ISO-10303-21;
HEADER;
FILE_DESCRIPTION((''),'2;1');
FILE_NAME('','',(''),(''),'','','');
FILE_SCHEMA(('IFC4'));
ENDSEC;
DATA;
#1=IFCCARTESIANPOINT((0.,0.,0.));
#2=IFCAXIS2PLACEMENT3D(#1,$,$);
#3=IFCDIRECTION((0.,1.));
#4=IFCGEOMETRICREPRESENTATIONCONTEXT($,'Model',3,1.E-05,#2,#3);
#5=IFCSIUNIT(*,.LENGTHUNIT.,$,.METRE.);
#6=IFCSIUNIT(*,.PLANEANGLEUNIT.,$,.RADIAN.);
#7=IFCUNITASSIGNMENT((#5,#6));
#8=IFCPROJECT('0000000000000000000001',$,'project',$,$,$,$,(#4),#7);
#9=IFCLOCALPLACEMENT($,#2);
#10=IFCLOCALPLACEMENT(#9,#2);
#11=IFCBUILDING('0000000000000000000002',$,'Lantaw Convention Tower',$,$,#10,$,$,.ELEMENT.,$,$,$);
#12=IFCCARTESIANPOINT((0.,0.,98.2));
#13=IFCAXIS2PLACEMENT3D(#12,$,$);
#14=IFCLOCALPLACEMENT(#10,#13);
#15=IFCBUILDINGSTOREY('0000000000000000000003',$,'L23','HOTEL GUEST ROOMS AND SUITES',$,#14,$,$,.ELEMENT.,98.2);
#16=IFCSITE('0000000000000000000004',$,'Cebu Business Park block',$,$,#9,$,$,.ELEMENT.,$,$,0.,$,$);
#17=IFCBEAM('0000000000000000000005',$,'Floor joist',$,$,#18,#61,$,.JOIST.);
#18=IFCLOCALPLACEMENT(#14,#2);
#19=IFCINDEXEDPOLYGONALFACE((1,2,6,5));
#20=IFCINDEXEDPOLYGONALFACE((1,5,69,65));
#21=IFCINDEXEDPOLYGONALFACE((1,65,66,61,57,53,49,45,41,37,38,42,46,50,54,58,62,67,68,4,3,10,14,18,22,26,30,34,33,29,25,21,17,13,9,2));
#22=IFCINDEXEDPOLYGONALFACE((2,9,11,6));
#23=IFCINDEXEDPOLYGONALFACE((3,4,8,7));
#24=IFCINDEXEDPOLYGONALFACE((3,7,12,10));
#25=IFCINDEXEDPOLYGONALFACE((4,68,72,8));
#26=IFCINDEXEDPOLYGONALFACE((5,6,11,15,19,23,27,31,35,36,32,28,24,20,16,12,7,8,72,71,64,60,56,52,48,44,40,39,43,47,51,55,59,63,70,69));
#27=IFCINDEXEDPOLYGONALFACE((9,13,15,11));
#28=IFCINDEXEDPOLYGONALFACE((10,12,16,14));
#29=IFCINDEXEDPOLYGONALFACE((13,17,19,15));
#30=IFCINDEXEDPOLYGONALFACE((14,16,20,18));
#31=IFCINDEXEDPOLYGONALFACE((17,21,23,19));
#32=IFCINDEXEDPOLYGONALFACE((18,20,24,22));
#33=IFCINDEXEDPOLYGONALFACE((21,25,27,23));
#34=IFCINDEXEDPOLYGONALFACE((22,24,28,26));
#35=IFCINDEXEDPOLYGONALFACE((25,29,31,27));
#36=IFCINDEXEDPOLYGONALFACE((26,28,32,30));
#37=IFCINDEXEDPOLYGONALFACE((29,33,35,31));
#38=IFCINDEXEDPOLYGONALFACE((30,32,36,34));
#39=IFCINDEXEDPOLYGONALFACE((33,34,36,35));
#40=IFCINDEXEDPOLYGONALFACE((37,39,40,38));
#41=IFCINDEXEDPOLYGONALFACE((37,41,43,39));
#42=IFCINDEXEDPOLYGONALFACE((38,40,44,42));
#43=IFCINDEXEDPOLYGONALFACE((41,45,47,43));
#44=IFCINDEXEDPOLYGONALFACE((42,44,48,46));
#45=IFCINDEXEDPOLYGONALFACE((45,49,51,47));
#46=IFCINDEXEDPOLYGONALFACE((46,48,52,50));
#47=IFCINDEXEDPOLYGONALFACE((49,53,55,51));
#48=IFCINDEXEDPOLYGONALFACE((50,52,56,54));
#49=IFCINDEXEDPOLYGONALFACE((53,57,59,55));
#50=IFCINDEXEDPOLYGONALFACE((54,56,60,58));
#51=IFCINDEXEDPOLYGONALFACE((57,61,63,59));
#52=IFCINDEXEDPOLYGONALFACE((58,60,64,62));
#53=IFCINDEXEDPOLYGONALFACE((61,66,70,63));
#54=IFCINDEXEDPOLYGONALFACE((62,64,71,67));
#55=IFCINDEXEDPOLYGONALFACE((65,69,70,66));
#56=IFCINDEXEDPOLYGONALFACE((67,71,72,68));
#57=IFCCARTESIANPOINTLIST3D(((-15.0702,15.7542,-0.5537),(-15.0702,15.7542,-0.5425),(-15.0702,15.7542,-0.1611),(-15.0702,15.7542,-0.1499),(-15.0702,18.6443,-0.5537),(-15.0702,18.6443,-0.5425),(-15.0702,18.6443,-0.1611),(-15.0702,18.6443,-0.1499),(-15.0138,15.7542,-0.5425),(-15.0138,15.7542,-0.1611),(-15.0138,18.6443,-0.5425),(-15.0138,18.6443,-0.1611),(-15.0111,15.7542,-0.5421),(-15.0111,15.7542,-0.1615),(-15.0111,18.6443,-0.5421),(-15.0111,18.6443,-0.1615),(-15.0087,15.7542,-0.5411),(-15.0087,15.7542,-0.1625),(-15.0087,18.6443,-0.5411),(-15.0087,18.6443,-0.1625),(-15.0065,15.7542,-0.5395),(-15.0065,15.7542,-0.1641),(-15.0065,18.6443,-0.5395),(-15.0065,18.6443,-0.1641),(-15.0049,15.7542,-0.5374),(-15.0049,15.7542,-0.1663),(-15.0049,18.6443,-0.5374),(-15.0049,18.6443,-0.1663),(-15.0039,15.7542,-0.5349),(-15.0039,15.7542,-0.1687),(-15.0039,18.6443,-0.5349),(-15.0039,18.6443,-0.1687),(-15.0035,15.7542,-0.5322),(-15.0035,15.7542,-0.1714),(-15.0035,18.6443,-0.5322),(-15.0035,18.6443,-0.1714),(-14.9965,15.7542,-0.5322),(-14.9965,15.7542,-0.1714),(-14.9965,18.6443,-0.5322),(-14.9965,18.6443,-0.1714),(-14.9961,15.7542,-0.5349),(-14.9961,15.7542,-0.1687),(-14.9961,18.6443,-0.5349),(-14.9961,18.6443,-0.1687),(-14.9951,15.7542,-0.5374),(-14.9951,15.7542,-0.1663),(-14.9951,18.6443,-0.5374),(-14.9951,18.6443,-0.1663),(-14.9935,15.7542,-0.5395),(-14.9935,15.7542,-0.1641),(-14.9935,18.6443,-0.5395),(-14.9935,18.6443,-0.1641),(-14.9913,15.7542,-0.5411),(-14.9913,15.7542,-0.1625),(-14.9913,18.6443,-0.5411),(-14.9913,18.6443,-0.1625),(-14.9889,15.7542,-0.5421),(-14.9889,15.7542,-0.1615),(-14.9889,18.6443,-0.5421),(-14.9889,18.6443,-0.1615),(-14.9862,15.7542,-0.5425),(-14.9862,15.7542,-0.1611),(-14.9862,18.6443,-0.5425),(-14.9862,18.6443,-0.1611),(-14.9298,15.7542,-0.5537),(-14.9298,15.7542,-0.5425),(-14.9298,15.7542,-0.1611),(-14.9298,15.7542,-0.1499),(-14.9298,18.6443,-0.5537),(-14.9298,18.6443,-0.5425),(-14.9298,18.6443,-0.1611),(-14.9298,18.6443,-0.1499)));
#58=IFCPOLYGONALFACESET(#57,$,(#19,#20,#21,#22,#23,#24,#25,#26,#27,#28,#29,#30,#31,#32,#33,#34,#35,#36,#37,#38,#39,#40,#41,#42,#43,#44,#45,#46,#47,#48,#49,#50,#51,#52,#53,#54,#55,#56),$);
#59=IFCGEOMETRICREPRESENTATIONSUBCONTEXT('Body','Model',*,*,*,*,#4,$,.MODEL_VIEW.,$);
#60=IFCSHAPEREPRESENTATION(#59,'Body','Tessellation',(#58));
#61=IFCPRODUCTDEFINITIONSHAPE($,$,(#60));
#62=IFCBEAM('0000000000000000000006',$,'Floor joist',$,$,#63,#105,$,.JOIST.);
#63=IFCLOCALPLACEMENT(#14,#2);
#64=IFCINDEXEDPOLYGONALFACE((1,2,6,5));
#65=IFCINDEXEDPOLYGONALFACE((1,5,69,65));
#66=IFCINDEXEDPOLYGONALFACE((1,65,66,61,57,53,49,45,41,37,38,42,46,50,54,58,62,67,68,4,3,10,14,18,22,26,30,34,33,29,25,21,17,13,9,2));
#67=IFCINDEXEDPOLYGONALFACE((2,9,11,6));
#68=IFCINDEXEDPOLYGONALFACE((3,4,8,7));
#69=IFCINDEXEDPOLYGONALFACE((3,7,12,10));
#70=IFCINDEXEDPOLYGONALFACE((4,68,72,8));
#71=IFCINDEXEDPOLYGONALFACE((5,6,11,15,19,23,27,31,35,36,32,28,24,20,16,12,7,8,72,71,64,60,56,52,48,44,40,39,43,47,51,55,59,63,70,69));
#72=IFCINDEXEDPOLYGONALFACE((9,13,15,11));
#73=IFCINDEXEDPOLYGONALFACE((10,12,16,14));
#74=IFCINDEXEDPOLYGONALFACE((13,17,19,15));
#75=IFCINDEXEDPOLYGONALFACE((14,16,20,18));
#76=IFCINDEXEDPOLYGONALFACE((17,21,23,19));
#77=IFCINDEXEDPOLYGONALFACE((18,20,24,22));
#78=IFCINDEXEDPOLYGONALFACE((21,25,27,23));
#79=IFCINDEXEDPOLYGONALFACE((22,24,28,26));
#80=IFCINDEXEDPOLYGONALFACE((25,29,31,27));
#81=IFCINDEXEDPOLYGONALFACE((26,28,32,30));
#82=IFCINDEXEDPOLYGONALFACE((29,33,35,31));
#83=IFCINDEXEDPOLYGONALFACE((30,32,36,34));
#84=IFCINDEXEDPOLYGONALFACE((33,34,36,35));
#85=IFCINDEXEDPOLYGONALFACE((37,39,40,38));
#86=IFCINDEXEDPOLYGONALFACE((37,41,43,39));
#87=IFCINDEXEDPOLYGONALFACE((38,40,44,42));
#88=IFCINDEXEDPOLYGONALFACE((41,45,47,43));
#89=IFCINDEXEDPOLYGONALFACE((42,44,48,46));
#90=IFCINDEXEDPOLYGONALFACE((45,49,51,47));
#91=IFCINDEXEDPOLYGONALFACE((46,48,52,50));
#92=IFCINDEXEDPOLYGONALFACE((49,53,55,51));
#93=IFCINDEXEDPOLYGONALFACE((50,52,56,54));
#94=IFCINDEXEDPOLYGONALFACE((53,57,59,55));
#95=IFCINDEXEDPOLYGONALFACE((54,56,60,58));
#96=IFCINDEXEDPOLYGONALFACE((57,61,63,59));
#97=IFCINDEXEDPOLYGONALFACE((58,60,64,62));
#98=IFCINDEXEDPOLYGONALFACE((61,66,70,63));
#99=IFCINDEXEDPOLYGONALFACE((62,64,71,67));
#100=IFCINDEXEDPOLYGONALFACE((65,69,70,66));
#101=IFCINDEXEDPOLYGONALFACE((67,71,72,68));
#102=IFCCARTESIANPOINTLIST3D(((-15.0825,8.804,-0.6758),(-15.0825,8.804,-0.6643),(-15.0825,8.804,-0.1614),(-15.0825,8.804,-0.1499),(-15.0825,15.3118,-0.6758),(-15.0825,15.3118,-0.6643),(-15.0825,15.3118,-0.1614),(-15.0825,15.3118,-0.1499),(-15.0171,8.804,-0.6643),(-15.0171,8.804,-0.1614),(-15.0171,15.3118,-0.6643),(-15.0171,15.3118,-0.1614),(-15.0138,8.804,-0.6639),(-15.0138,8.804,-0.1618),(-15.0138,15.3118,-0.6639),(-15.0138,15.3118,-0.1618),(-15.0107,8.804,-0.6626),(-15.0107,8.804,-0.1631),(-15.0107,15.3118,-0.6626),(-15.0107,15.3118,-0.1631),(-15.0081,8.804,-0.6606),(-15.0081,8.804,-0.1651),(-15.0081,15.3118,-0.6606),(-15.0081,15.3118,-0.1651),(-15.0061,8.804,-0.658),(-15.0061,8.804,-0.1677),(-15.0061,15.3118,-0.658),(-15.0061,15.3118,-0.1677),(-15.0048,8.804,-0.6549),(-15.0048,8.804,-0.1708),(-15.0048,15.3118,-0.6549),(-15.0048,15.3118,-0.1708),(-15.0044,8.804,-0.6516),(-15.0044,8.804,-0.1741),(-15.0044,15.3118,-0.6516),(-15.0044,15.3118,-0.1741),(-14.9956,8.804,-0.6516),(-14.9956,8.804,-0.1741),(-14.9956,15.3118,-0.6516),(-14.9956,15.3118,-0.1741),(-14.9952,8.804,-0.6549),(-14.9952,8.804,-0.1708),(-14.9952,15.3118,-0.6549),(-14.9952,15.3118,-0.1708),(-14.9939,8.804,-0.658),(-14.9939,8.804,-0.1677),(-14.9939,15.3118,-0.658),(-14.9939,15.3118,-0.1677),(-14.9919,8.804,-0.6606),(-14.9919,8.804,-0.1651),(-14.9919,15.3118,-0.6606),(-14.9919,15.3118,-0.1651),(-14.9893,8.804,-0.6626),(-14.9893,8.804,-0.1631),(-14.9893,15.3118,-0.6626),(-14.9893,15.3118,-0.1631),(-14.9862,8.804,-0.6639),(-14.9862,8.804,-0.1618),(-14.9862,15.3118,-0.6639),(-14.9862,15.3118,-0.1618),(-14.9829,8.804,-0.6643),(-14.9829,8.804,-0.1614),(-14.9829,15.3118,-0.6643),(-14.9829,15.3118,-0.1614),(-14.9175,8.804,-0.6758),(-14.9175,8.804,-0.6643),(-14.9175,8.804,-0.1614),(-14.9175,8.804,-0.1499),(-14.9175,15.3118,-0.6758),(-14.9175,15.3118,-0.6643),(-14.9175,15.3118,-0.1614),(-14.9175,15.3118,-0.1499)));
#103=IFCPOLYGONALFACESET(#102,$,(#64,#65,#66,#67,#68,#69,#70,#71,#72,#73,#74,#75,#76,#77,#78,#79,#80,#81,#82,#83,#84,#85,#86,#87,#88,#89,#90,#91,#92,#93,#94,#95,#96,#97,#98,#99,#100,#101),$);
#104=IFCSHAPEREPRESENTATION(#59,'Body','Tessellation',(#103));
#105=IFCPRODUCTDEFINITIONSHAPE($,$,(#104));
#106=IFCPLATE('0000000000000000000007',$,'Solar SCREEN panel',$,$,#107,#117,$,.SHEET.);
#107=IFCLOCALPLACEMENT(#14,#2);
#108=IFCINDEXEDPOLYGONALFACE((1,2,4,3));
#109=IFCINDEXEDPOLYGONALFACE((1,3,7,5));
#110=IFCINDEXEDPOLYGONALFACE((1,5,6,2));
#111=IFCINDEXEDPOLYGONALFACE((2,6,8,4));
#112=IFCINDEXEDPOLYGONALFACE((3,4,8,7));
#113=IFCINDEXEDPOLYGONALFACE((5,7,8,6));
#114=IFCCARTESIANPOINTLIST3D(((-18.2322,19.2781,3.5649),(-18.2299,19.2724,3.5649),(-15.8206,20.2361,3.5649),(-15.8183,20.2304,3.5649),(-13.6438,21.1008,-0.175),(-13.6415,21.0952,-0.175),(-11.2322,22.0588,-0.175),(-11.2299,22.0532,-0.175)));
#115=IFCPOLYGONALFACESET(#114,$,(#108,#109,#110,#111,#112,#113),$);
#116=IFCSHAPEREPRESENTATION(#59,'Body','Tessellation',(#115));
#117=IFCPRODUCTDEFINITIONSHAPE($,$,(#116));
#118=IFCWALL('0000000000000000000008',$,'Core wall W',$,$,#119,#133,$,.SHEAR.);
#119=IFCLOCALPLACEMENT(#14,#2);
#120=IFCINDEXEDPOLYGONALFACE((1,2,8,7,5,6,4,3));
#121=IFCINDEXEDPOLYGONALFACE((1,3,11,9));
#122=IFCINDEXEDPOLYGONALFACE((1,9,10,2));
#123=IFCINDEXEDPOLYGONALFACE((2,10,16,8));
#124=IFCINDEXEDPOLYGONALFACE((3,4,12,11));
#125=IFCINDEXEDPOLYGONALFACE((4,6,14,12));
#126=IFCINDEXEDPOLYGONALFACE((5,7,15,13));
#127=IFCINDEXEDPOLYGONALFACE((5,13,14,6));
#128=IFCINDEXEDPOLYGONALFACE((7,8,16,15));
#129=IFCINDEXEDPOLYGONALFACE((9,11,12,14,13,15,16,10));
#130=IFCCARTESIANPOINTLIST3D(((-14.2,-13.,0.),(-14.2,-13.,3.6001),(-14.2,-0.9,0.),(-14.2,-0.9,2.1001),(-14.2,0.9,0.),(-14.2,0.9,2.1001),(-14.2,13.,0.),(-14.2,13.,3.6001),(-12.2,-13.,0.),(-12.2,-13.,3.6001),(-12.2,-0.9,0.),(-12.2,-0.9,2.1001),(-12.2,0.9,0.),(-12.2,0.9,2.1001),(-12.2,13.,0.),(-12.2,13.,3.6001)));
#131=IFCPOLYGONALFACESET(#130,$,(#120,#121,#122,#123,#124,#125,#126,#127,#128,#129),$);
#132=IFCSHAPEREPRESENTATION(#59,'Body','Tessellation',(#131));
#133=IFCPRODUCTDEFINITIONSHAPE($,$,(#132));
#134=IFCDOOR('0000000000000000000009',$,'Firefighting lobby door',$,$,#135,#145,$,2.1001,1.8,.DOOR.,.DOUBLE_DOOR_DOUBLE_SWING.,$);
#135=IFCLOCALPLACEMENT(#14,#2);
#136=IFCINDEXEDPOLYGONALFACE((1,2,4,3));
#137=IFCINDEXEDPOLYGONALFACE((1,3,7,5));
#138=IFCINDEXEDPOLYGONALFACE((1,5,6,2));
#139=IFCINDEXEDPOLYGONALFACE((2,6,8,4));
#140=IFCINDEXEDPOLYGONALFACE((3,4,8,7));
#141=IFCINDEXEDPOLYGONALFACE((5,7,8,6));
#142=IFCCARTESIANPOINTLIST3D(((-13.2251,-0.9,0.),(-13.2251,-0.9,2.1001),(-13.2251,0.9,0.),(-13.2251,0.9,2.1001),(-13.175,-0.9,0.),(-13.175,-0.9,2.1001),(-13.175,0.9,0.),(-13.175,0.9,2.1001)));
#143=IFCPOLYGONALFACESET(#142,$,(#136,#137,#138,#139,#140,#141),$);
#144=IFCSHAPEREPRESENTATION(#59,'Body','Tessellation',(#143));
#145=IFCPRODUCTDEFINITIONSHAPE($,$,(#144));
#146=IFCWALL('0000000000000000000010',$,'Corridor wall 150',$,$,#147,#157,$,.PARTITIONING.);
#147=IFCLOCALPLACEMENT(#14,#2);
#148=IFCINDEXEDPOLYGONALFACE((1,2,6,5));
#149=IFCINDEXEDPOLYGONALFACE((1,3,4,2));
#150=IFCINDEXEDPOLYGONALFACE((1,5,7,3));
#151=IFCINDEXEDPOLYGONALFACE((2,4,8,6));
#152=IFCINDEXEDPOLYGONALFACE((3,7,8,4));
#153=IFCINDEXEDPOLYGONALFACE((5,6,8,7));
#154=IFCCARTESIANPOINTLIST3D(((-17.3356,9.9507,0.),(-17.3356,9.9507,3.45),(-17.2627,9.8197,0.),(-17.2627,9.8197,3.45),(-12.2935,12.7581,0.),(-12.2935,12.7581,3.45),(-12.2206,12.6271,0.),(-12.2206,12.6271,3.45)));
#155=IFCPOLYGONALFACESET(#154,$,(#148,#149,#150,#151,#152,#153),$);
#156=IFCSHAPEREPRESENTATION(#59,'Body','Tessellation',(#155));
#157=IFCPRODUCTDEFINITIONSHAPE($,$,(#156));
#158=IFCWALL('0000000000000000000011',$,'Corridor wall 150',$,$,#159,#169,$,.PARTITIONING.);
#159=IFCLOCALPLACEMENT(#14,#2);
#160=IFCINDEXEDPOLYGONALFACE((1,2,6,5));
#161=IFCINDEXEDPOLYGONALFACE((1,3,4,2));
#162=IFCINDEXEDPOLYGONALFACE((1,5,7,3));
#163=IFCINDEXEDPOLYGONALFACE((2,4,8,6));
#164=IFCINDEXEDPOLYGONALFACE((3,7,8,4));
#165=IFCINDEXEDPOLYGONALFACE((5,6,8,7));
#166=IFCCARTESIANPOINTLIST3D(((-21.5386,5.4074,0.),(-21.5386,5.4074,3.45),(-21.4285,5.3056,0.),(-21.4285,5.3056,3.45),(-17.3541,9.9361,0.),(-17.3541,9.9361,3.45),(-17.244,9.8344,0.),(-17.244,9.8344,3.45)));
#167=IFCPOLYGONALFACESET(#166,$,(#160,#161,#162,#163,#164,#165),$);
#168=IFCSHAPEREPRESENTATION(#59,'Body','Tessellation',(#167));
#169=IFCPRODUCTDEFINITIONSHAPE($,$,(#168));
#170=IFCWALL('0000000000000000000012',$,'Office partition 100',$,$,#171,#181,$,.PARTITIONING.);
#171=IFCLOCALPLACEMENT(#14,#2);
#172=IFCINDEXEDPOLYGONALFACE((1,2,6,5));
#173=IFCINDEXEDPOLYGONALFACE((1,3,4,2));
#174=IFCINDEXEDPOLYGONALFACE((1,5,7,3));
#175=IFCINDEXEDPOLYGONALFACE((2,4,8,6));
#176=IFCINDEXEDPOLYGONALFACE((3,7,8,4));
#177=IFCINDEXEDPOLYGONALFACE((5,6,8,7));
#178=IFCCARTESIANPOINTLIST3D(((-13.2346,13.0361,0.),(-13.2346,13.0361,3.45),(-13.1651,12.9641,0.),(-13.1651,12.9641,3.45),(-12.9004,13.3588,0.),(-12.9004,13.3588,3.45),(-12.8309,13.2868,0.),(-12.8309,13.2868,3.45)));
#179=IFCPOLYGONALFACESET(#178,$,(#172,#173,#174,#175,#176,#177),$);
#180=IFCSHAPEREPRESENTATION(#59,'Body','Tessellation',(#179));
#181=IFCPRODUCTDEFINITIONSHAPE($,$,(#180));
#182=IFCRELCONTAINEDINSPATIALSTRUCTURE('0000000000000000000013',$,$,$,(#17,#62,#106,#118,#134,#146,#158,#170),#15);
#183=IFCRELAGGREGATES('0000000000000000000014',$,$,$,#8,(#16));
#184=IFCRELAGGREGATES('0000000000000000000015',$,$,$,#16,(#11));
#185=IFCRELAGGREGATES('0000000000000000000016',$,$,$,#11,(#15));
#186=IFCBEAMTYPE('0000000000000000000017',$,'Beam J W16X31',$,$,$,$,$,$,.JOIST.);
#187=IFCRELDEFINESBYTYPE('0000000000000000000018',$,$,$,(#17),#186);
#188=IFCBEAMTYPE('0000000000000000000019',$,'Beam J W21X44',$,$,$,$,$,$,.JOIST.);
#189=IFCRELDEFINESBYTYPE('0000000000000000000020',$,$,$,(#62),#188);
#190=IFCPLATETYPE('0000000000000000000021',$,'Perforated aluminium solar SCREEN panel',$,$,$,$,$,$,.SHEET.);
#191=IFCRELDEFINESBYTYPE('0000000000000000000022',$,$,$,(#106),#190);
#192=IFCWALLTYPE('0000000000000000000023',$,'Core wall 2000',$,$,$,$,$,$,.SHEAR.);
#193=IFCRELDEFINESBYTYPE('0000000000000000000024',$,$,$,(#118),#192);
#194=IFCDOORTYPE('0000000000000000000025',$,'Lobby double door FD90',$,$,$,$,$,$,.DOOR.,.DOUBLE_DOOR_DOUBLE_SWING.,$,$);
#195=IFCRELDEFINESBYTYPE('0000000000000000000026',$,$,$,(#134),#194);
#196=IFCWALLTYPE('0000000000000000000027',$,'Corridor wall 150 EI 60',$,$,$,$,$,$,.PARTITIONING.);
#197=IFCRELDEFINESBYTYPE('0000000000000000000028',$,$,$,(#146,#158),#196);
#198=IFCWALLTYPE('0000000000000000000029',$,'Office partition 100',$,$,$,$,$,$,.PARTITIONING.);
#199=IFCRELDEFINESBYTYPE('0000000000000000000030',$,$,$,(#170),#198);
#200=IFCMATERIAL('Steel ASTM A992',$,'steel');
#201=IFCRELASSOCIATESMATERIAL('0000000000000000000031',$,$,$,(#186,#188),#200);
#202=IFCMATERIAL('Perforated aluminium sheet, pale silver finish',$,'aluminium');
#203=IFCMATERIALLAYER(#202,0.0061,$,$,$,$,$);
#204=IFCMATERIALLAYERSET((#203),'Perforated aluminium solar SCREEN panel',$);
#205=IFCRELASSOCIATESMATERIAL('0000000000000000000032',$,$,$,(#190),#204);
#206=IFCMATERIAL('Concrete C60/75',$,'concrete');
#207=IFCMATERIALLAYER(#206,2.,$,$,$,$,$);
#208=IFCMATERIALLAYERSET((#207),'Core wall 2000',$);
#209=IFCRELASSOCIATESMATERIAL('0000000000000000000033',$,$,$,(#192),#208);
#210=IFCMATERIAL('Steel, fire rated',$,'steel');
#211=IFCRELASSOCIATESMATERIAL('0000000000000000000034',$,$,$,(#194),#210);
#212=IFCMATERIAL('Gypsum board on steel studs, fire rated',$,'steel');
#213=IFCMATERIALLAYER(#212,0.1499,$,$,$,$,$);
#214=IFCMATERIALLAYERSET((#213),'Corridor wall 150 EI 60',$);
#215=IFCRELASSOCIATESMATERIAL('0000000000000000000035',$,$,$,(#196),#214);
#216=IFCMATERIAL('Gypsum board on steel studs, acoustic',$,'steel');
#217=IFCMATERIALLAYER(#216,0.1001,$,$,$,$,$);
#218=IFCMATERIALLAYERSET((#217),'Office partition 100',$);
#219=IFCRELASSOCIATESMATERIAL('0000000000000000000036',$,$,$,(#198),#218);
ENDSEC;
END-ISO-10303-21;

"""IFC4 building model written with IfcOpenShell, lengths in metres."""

from ifc_helpers import new_model, si_unit, direction, frame, frame_2d, origin, origin_2d, place, context, subcontext, project, spatial, polyline, rectangle, i_section, outline, extrude, material, layer, layer_set, material_profile, profile_set, type_object, element, fill, save


model = new_model("IFC4")

# Units and contexts
model_context = context("Model", 3, precision=1e-05, world=origin(), true_north=direction((0.0, 1.0)))
body_context = subcontext(model_context, "Body", "Model", "MODEL_VIEW")
ifc_project = project(units=[si_unit("LENGTHUNIT", "METRE"), si_unit("PLANEANGLEUNIT", "RADIAN")], contexts=[model_context])

# Site, building, storey
site_placement = place(None, origin())
site = spatial("IfcSite", under=ifc_project, at=site_placement, Name="Cebu Business Park block", CompositionType="ELEMENT", RefElevation=0.0)
building_placement = place(site_placement, origin())
building = spatial("IfcBuilding", under=site, at=building_placement, Name="Lantaw Convention Tower", CompositionType="ELEMENT")
storey_placement = place(building_placement, frame((0.0, 0.0, 98.2)))
storey = spatial("IfcBuildingStorey", under=building, at=storey_placement, Name="L23", Description="HOTEL GUEST ROOMS AND SUITES", CompositionType="ELEMENT", Elevation=98.2)

# Shared definitions
ifc_material_1 = material(Name="Concrete C60/75", Category="concrete")

# Beams
ifc_material_2 = material(Name="Steel ASTM A992", Category="steel")
ifc_material_profile_1 = material_profile(ifc_material_2, i_section(OverallWidth=0.1404, OverallDepth=0.4038, WebThickness=0.0071, FlangeThickness=0.0112, FilletRadius=0.0103, at=origin_2d()), Name="W16X31")
ifc_profile_set_1 = profile_set([ifc_material_profile_1], Name="Steel ASTM A992")
beam_type_1 = type_object("IfcBeamType", Name="Beam J W16X31", PredefinedType="JOIST", material=ifc_profile_set_1)
beam_1_placement = place(storey_placement, frame((-15.0, 15.7542, -0.3518), z_axis=(0.0, 1.0, 0.0), x_axis=(-1.0, 0.0, 0.0)))
element("IfcBeam", 1, at=beam_1_placement, inside=storey, type_object=beam_type_1, Name="Floor joist", PredefinedType="JOIST", context=body_context, shape_type="SweptSolid", body=[
    extrude(i_section(OverallWidth=0.1404, OverallDepth=0.4038, WebThickness=0.0071, FlangeThickness=0.0112, FilletRadius=0.0103, at=origin_2d()), origin(), (0.0, 0.0, 1.0), 2.8901),
])
ifc_material_profile_2 = material_profile(ifc_material_2, i_section(OverallWidth=0.165, OverallDepth=0.5259, WebThickness=0.0088, FlangeThickness=0.0115, FilletRadius=0.0127, at=origin_2d()), Name="W21X44")
ifc_profile_set_2 = profile_set([ifc_material_profile_2], Name="Steel ASTM A992")
beam_type_2 = type_object("IfcBeamType", Name="Beam J W21X44", PredefinedType="JOIST", material=ifc_profile_set_2)
beam_2_placement = place(storey_placement, frame((-15.0, 8.804, -0.4128), z_axis=(0.0, 1.0, 0.0), x_axis=(-1.0, 0.0, 0.0)))
element("IfcBeam", 2, at=beam_2_placement, inside=storey, type_object=beam_type_2, Name="Floor joist", PredefinedType="JOIST", context=body_context, shape_type="SweptSolid", body=[
    extrude(i_section(OverallWidth=0.165, OverallDepth=0.5259, WebThickness=0.0088, FlangeThickness=0.0115, FilletRadius=0.0127, at=origin_2d()), origin(), (0.0, 0.0, 1.0), 6.5078),
])

# Plate
ifc_material_3 = material(Name="Perforated aluminium sheet, pale silver finish", Category="aluminium")
ifc_layer_1 = layer(ifc_material_3, 0.0061)
ifc_layer_set_1 = layer_set([ifc_layer_1], Name="Perforated aluminium solar SCREEN panel")
plate_type = type_object("IfcPlateType", Name="Perforated aluminium solar SCREEN panel", PredefinedType="SHEET", material=ifc_layer_set_1)
plate_placement = place(storey_placement, frame((-11.2322, 22.0588, -0.175), z_axis=(-0.369184, 0.929357, 0.000009), x_axis=(-0.929357, -0.369184, 0.0)))
element("IfcPlate", 3, at=plate_placement, inside=storey, type_object=plate_type, Name="Solar SCREEN panel", PredefinedType="SHEET", context=body_context, shape_type="SweptSolid", body=[
    extrude(outline(polyline([(0.0, 0.0), (2.5949, 0.0), (7.5321, 3.74), (4.9372, 3.74), (0.0, 0.0)])), origin(), (0.0, 0.0, -1.0), 0.0061),
])

# Wall, opening, door
ifc_layer_2 = layer(ifc_material_1, 2.0)
ifc_layer_set_2 = layer_set([ifc_layer_2], Name="Core wall 2000")
wall_type_1 = type_object("IfcWallType", Name="Core wall 2000", PredefinedType="SHEAR", material=ifc_layer_set_2)
wall_1_placement = place(storey_placement, frame((-13.2, 13.0, 0.0), z_axis=(0.0, 0.0, 1.0), x_axis=(0.0, -1.0, 0.0)))
wall_1 = element("IfcWall", 4, at=wall_1_placement, inside=storey, type_object=wall_type_1, Name="Core wall W", PredefinedType="SHEAR", context=body_context, shape_type="SweptSolid", body=[
    extrude(rectangle(XDim=26.0, YDim=2.0, at=frame_2d((13.0, 0.0))), origin(), (0.0, 0.0, 1.0), 3.6001),
])
opening_1_placement = place(wall_1_placement, frame((12.1001, 0.0, 0.0)))
opening_1 = element("IfcOpeningElement", 5, at=opening_1_placement, cuts=wall_1, PredefinedType="OPENING", context=body_context, shape_type="SweptSolid", body=[
    extrude(rectangle(XDim=1.8, YDim=2.1001, at=frame_2d((0.8999, 1.05))), frame((0.0, 1.01, 0.0), z_axis=(0.0, -1.0, 0.0), x_axis=(1.0, 0.0, 0.0)), (0.0, 0.0, 1.0), 2.02),
])
ifc_material_4 = material(Name="Steel, fire rated", Category="steel")
door_type_1 = type_object("IfcDoorType", Name="Lobby double door FD90", OperationType="DOUBLE_DOOR_DOUBLE_SWING", PredefinedType="DOOR", material=ifc_material_4)
door_1_placement = place(opening_1_placement, origin())
door_1 = element("IfcDoor", 6, at=door_1_placement, inside=storey, type_object=door_type_1, Name="Firefighting lobby door", OperationType="DOUBLE_DOOR_DOUBLE_SWING", OverallHeight=2.1001, OverallWidth=1.8, PredefinedType="DOOR", context=body_context, shape_type="SweptSolid", body=[
    extrude(rectangle(XDim=1.8, YDim=2.1001, at=frame_2d((0.8999, 1.05))), frame((0.0, 0.0249, 0.0), z_axis=(0.0, -1.0, 0.0), x_axis=(1.0, 0.0, 0.0)), (0.0, 0.0, 1.0), 0.05),
])
fill(opening_1, door_1)

# Walls
ifc_material_5 = material(Name="Gypsum board on steel studs, fire rated", Category="steel")
ifc_layer_3 = layer(ifc_material_5, 0.1499)
ifc_layer_set_3 = layer_set([ifc_layer_3], Name="Corridor wall 150 EI 60")
wall_type_2 = type_object("IfcWallType", Name="Corridor wall 150 EI 60", PredefinedType="PARTITIONING", material=ifc_layer_set_3)
wall_2_placement = place(storey_placement, frame((-12.2571, 12.6926, 0.0), z_axis=(0.0, 0.0, 1.0), x_axis=(-0.873696, -0.486472, 0.0)))
element("IfcWall", 7, at=wall_2_placement, inside=storey, type_object=wall_type_2, Name="Corridor wall 150", PredefinedType="PARTITIONING", context=body_context, shape_type="SweptSolid", body=[
    extrude(rectangle(XDim=5.771, YDim=0.1499, at=frame_2d((2.8855, 0.0))), origin(), (0.0, 0.0, 1.0), 3.45),
])
wall_3_placement = place(storey_placement, frame((-17.2991, 9.8853, 0.0), z_axis=(0.0, 0.0, 1.0), x_axis=(-0.678642, -0.734469, 0.0)))
element("IfcWall", 8, at=wall_3_placement, inside=storey, type_object=wall_type_2, Name="Corridor wall 150", PredefinedType="PARTITIONING", context=body_context, shape_type="SweptSolid", body=[
    extrude(rectangle(XDim=6.166, YDim=0.1499, at=frame_2d((3.083, 0.0))), origin(), (0.0, 0.0, 1.0), 3.45),
])
ifc_material_6 = material(Name="Gypsum board on steel studs, acoustic", Category="steel")
ifc_layer_4 = layer(ifc_material_6, 0.1001)
ifc_layer_set_4 = layer_set([ifc_layer_4], Name="Office partition 100")
wall_type_3 = type_object("IfcWallType", Name="Office partition 100", PredefinedType="PARTITIONING", material=ifc_layer_set_4)
wall_4_placement = place(storey_placement, frame((-13.2, 13.0, 0.0), z_axis=(0.0, 0.0, 1.0), x_axis=(0.719347, 0.694651, 0.0)))
element("IfcWall", 9, at=wall_4_placement, inside=storey, type_object=wall_type_3, Name="Office partition 100", PredefinedType="PARTITIONING", context=body_context, shape_type="SweptSolid", body=[
    extrude(rectangle(XDim=0.4646, YDim=0.1001, at=frame_2d((0.2324, 0.0))), origin(), (0.0, 0.0, 1.0), 3.45),
])

save(model, "model.ifc")
